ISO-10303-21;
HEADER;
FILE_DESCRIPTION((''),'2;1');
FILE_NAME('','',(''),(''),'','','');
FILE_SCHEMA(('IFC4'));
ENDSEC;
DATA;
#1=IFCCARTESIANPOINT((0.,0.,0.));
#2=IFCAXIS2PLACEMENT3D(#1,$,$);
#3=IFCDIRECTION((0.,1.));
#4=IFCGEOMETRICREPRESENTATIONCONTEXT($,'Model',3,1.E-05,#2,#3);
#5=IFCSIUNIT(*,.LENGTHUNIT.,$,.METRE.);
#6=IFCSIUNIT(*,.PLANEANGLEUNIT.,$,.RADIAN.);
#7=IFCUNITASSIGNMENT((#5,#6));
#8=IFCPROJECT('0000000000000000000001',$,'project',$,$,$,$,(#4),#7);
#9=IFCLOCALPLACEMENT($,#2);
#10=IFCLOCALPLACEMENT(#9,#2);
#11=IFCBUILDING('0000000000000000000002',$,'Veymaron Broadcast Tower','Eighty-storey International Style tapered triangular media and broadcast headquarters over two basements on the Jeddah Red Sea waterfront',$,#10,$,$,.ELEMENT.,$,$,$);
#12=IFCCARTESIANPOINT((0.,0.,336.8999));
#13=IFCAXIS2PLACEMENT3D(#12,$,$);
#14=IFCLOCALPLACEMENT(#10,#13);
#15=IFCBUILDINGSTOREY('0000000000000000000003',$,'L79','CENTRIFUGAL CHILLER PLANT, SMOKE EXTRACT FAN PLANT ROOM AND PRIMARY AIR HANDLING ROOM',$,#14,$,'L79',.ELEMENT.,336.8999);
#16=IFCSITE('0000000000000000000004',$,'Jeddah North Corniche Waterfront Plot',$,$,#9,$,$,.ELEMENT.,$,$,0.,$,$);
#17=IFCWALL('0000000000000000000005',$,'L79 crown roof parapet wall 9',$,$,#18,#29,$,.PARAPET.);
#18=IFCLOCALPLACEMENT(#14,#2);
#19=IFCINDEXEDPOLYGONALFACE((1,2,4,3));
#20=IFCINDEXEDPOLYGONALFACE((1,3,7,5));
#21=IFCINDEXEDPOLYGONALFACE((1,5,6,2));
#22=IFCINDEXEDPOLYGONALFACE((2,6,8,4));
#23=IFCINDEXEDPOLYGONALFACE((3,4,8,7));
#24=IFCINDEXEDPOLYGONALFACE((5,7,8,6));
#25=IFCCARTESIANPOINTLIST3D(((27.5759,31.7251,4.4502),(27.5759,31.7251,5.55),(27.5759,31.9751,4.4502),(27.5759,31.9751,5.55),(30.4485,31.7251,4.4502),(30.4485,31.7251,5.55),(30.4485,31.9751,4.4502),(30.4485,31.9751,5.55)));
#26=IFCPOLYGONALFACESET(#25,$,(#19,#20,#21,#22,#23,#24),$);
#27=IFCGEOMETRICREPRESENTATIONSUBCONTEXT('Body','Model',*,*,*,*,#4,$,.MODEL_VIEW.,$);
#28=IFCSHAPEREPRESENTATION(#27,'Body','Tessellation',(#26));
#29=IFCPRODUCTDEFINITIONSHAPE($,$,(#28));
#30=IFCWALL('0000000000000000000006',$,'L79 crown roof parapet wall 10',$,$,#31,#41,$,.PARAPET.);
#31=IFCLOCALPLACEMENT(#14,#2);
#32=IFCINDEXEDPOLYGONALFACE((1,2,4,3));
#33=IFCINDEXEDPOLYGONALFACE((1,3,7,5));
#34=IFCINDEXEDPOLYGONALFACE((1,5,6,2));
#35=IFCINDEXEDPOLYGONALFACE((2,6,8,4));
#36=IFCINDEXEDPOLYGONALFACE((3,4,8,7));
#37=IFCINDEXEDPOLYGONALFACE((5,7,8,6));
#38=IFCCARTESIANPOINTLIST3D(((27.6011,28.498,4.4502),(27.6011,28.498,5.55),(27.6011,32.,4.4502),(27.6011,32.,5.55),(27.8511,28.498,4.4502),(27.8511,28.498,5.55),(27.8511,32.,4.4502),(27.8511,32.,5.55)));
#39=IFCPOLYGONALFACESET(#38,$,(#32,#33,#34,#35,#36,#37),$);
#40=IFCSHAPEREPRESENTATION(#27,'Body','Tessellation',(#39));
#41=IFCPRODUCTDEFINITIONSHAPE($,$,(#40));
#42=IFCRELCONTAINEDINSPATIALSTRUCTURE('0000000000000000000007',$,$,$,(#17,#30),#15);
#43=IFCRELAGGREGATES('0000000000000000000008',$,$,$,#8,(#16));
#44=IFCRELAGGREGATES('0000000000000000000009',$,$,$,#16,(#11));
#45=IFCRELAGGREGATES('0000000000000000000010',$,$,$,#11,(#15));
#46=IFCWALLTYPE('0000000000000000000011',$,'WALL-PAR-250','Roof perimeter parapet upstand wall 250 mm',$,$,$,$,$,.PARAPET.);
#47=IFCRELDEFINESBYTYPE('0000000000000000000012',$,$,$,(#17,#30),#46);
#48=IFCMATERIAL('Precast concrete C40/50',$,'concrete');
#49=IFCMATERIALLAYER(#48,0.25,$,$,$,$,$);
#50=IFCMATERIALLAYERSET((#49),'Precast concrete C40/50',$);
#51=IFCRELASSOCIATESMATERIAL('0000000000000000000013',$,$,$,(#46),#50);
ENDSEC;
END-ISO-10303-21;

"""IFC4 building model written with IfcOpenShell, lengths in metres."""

from ifc_helpers import new_model, si_unit, direction, frame, frame_2d, origin, place, context, subcontext, project, spatial, rectangle, extrude, material, layer, layer_set, type_object, element, save


model = new_model("IFC4")

# Units and contexts
model_context = context("Model", 3, precision=1e-05, world=origin(), true_north=direction((0.0, 1.0)))
body_context = subcontext(model_context, "Body", "Model", "MODEL_VIEW")
ifc_project = project(units=[si_unit("LENGTHUNIT", "METRE"), si_unit("PLANEANGLEUNIT", "RADIAN")], contexts=[model_context])

# Site, building, storey
site_placement = place(None, origin())
site = spatial("IfcSite", under=ifc_project, at=site_placement, Name="Jeddah North Corniche Waterfront Plot", CompositionType="ELEMENT", RefElevation=0.0)
building_placement = place(site_placement, origin())
building = spatial("IfcBuilding", under=site, at=building_placement, Name="Veymaron Broadcast Tower", Description="Eighty-storey International Style tapered triangular media and broadcast headquarters over two basements on the Jeddah Red Sea waterfront", CompositionType="ELEMENT")
storey_placement = place(building_placement, frame((0.0, 0.0, 336.8999)))
storey = spatial("IfcBuildingStorey", under=building, at=storey_placement, Name="L79", Description="CENTRIFUGAL CHILLER PLANT, SMOKE EXTRACT FAN PLANT ROOM AND PRIMARY AIR HANDLING ROOM", LongName="L79", CompositionType="ELEMENT", Elevation=336.8999)

# Walls
ifc_material_1 = material(Name="Precast concrete C40/50", Category="concrete")
ifc_layer_1 = layer(ifc_material_1, 0.25)
ifc_layer_set_1 = layer_set([ifc_layer_1], Name="Precast concrete C40/50")
wall_type = type_object("IfcWallType", Name="WALL-PAR-250", Description="Roof perimeter parapet upstand wall 250 mm", PredefinedType="PARAPET", material=ifc_layer_set_1)
wall_1_placement = place(storey_placement, frame((30.4485, 31.8501, 4.4502), z_axis=(0.0, 0.0, 1.0), x_axis=(-1.0, 0.0, 0.0)))
element("IfcWall", 1, at=wall_1_placement, inside=storey, type_object=wall_type, Name="L79 crown roof parapet wall 9", PredefinedType="PARAPET", context=body_context, shape_type="SweptSolid", body=[
    extrude(rectangle(XDim=2.8726, YDim=0.25, at=frame_2d((1.4363, 0.0))), origin(), (0.0, 0.0, 1.0), 1.0999),
])
wall_2_placement = place(storey_placement, frame((27.7261, 32.0, 4.4502), z_axis=(0.0, 0.0, 1.0), x_axis=(0.0, -1.0, 0.0)))
element("IfcWall", 2, at=wall_2_placement, inside=storey, type_object=wall_type, Name="L79 crown roof parapet wall 10", PredefinedType="PARAPET", context=body_context, shape_type="SweptSolid", body=[
    extrude(rectangle(XDim=3.502, YDim=0.25, at=frame_2d((1.751, 0.0))), origin(), (0.0, 0.0, 1.0), 1.0999),
])

save(model, "model.ifc")
